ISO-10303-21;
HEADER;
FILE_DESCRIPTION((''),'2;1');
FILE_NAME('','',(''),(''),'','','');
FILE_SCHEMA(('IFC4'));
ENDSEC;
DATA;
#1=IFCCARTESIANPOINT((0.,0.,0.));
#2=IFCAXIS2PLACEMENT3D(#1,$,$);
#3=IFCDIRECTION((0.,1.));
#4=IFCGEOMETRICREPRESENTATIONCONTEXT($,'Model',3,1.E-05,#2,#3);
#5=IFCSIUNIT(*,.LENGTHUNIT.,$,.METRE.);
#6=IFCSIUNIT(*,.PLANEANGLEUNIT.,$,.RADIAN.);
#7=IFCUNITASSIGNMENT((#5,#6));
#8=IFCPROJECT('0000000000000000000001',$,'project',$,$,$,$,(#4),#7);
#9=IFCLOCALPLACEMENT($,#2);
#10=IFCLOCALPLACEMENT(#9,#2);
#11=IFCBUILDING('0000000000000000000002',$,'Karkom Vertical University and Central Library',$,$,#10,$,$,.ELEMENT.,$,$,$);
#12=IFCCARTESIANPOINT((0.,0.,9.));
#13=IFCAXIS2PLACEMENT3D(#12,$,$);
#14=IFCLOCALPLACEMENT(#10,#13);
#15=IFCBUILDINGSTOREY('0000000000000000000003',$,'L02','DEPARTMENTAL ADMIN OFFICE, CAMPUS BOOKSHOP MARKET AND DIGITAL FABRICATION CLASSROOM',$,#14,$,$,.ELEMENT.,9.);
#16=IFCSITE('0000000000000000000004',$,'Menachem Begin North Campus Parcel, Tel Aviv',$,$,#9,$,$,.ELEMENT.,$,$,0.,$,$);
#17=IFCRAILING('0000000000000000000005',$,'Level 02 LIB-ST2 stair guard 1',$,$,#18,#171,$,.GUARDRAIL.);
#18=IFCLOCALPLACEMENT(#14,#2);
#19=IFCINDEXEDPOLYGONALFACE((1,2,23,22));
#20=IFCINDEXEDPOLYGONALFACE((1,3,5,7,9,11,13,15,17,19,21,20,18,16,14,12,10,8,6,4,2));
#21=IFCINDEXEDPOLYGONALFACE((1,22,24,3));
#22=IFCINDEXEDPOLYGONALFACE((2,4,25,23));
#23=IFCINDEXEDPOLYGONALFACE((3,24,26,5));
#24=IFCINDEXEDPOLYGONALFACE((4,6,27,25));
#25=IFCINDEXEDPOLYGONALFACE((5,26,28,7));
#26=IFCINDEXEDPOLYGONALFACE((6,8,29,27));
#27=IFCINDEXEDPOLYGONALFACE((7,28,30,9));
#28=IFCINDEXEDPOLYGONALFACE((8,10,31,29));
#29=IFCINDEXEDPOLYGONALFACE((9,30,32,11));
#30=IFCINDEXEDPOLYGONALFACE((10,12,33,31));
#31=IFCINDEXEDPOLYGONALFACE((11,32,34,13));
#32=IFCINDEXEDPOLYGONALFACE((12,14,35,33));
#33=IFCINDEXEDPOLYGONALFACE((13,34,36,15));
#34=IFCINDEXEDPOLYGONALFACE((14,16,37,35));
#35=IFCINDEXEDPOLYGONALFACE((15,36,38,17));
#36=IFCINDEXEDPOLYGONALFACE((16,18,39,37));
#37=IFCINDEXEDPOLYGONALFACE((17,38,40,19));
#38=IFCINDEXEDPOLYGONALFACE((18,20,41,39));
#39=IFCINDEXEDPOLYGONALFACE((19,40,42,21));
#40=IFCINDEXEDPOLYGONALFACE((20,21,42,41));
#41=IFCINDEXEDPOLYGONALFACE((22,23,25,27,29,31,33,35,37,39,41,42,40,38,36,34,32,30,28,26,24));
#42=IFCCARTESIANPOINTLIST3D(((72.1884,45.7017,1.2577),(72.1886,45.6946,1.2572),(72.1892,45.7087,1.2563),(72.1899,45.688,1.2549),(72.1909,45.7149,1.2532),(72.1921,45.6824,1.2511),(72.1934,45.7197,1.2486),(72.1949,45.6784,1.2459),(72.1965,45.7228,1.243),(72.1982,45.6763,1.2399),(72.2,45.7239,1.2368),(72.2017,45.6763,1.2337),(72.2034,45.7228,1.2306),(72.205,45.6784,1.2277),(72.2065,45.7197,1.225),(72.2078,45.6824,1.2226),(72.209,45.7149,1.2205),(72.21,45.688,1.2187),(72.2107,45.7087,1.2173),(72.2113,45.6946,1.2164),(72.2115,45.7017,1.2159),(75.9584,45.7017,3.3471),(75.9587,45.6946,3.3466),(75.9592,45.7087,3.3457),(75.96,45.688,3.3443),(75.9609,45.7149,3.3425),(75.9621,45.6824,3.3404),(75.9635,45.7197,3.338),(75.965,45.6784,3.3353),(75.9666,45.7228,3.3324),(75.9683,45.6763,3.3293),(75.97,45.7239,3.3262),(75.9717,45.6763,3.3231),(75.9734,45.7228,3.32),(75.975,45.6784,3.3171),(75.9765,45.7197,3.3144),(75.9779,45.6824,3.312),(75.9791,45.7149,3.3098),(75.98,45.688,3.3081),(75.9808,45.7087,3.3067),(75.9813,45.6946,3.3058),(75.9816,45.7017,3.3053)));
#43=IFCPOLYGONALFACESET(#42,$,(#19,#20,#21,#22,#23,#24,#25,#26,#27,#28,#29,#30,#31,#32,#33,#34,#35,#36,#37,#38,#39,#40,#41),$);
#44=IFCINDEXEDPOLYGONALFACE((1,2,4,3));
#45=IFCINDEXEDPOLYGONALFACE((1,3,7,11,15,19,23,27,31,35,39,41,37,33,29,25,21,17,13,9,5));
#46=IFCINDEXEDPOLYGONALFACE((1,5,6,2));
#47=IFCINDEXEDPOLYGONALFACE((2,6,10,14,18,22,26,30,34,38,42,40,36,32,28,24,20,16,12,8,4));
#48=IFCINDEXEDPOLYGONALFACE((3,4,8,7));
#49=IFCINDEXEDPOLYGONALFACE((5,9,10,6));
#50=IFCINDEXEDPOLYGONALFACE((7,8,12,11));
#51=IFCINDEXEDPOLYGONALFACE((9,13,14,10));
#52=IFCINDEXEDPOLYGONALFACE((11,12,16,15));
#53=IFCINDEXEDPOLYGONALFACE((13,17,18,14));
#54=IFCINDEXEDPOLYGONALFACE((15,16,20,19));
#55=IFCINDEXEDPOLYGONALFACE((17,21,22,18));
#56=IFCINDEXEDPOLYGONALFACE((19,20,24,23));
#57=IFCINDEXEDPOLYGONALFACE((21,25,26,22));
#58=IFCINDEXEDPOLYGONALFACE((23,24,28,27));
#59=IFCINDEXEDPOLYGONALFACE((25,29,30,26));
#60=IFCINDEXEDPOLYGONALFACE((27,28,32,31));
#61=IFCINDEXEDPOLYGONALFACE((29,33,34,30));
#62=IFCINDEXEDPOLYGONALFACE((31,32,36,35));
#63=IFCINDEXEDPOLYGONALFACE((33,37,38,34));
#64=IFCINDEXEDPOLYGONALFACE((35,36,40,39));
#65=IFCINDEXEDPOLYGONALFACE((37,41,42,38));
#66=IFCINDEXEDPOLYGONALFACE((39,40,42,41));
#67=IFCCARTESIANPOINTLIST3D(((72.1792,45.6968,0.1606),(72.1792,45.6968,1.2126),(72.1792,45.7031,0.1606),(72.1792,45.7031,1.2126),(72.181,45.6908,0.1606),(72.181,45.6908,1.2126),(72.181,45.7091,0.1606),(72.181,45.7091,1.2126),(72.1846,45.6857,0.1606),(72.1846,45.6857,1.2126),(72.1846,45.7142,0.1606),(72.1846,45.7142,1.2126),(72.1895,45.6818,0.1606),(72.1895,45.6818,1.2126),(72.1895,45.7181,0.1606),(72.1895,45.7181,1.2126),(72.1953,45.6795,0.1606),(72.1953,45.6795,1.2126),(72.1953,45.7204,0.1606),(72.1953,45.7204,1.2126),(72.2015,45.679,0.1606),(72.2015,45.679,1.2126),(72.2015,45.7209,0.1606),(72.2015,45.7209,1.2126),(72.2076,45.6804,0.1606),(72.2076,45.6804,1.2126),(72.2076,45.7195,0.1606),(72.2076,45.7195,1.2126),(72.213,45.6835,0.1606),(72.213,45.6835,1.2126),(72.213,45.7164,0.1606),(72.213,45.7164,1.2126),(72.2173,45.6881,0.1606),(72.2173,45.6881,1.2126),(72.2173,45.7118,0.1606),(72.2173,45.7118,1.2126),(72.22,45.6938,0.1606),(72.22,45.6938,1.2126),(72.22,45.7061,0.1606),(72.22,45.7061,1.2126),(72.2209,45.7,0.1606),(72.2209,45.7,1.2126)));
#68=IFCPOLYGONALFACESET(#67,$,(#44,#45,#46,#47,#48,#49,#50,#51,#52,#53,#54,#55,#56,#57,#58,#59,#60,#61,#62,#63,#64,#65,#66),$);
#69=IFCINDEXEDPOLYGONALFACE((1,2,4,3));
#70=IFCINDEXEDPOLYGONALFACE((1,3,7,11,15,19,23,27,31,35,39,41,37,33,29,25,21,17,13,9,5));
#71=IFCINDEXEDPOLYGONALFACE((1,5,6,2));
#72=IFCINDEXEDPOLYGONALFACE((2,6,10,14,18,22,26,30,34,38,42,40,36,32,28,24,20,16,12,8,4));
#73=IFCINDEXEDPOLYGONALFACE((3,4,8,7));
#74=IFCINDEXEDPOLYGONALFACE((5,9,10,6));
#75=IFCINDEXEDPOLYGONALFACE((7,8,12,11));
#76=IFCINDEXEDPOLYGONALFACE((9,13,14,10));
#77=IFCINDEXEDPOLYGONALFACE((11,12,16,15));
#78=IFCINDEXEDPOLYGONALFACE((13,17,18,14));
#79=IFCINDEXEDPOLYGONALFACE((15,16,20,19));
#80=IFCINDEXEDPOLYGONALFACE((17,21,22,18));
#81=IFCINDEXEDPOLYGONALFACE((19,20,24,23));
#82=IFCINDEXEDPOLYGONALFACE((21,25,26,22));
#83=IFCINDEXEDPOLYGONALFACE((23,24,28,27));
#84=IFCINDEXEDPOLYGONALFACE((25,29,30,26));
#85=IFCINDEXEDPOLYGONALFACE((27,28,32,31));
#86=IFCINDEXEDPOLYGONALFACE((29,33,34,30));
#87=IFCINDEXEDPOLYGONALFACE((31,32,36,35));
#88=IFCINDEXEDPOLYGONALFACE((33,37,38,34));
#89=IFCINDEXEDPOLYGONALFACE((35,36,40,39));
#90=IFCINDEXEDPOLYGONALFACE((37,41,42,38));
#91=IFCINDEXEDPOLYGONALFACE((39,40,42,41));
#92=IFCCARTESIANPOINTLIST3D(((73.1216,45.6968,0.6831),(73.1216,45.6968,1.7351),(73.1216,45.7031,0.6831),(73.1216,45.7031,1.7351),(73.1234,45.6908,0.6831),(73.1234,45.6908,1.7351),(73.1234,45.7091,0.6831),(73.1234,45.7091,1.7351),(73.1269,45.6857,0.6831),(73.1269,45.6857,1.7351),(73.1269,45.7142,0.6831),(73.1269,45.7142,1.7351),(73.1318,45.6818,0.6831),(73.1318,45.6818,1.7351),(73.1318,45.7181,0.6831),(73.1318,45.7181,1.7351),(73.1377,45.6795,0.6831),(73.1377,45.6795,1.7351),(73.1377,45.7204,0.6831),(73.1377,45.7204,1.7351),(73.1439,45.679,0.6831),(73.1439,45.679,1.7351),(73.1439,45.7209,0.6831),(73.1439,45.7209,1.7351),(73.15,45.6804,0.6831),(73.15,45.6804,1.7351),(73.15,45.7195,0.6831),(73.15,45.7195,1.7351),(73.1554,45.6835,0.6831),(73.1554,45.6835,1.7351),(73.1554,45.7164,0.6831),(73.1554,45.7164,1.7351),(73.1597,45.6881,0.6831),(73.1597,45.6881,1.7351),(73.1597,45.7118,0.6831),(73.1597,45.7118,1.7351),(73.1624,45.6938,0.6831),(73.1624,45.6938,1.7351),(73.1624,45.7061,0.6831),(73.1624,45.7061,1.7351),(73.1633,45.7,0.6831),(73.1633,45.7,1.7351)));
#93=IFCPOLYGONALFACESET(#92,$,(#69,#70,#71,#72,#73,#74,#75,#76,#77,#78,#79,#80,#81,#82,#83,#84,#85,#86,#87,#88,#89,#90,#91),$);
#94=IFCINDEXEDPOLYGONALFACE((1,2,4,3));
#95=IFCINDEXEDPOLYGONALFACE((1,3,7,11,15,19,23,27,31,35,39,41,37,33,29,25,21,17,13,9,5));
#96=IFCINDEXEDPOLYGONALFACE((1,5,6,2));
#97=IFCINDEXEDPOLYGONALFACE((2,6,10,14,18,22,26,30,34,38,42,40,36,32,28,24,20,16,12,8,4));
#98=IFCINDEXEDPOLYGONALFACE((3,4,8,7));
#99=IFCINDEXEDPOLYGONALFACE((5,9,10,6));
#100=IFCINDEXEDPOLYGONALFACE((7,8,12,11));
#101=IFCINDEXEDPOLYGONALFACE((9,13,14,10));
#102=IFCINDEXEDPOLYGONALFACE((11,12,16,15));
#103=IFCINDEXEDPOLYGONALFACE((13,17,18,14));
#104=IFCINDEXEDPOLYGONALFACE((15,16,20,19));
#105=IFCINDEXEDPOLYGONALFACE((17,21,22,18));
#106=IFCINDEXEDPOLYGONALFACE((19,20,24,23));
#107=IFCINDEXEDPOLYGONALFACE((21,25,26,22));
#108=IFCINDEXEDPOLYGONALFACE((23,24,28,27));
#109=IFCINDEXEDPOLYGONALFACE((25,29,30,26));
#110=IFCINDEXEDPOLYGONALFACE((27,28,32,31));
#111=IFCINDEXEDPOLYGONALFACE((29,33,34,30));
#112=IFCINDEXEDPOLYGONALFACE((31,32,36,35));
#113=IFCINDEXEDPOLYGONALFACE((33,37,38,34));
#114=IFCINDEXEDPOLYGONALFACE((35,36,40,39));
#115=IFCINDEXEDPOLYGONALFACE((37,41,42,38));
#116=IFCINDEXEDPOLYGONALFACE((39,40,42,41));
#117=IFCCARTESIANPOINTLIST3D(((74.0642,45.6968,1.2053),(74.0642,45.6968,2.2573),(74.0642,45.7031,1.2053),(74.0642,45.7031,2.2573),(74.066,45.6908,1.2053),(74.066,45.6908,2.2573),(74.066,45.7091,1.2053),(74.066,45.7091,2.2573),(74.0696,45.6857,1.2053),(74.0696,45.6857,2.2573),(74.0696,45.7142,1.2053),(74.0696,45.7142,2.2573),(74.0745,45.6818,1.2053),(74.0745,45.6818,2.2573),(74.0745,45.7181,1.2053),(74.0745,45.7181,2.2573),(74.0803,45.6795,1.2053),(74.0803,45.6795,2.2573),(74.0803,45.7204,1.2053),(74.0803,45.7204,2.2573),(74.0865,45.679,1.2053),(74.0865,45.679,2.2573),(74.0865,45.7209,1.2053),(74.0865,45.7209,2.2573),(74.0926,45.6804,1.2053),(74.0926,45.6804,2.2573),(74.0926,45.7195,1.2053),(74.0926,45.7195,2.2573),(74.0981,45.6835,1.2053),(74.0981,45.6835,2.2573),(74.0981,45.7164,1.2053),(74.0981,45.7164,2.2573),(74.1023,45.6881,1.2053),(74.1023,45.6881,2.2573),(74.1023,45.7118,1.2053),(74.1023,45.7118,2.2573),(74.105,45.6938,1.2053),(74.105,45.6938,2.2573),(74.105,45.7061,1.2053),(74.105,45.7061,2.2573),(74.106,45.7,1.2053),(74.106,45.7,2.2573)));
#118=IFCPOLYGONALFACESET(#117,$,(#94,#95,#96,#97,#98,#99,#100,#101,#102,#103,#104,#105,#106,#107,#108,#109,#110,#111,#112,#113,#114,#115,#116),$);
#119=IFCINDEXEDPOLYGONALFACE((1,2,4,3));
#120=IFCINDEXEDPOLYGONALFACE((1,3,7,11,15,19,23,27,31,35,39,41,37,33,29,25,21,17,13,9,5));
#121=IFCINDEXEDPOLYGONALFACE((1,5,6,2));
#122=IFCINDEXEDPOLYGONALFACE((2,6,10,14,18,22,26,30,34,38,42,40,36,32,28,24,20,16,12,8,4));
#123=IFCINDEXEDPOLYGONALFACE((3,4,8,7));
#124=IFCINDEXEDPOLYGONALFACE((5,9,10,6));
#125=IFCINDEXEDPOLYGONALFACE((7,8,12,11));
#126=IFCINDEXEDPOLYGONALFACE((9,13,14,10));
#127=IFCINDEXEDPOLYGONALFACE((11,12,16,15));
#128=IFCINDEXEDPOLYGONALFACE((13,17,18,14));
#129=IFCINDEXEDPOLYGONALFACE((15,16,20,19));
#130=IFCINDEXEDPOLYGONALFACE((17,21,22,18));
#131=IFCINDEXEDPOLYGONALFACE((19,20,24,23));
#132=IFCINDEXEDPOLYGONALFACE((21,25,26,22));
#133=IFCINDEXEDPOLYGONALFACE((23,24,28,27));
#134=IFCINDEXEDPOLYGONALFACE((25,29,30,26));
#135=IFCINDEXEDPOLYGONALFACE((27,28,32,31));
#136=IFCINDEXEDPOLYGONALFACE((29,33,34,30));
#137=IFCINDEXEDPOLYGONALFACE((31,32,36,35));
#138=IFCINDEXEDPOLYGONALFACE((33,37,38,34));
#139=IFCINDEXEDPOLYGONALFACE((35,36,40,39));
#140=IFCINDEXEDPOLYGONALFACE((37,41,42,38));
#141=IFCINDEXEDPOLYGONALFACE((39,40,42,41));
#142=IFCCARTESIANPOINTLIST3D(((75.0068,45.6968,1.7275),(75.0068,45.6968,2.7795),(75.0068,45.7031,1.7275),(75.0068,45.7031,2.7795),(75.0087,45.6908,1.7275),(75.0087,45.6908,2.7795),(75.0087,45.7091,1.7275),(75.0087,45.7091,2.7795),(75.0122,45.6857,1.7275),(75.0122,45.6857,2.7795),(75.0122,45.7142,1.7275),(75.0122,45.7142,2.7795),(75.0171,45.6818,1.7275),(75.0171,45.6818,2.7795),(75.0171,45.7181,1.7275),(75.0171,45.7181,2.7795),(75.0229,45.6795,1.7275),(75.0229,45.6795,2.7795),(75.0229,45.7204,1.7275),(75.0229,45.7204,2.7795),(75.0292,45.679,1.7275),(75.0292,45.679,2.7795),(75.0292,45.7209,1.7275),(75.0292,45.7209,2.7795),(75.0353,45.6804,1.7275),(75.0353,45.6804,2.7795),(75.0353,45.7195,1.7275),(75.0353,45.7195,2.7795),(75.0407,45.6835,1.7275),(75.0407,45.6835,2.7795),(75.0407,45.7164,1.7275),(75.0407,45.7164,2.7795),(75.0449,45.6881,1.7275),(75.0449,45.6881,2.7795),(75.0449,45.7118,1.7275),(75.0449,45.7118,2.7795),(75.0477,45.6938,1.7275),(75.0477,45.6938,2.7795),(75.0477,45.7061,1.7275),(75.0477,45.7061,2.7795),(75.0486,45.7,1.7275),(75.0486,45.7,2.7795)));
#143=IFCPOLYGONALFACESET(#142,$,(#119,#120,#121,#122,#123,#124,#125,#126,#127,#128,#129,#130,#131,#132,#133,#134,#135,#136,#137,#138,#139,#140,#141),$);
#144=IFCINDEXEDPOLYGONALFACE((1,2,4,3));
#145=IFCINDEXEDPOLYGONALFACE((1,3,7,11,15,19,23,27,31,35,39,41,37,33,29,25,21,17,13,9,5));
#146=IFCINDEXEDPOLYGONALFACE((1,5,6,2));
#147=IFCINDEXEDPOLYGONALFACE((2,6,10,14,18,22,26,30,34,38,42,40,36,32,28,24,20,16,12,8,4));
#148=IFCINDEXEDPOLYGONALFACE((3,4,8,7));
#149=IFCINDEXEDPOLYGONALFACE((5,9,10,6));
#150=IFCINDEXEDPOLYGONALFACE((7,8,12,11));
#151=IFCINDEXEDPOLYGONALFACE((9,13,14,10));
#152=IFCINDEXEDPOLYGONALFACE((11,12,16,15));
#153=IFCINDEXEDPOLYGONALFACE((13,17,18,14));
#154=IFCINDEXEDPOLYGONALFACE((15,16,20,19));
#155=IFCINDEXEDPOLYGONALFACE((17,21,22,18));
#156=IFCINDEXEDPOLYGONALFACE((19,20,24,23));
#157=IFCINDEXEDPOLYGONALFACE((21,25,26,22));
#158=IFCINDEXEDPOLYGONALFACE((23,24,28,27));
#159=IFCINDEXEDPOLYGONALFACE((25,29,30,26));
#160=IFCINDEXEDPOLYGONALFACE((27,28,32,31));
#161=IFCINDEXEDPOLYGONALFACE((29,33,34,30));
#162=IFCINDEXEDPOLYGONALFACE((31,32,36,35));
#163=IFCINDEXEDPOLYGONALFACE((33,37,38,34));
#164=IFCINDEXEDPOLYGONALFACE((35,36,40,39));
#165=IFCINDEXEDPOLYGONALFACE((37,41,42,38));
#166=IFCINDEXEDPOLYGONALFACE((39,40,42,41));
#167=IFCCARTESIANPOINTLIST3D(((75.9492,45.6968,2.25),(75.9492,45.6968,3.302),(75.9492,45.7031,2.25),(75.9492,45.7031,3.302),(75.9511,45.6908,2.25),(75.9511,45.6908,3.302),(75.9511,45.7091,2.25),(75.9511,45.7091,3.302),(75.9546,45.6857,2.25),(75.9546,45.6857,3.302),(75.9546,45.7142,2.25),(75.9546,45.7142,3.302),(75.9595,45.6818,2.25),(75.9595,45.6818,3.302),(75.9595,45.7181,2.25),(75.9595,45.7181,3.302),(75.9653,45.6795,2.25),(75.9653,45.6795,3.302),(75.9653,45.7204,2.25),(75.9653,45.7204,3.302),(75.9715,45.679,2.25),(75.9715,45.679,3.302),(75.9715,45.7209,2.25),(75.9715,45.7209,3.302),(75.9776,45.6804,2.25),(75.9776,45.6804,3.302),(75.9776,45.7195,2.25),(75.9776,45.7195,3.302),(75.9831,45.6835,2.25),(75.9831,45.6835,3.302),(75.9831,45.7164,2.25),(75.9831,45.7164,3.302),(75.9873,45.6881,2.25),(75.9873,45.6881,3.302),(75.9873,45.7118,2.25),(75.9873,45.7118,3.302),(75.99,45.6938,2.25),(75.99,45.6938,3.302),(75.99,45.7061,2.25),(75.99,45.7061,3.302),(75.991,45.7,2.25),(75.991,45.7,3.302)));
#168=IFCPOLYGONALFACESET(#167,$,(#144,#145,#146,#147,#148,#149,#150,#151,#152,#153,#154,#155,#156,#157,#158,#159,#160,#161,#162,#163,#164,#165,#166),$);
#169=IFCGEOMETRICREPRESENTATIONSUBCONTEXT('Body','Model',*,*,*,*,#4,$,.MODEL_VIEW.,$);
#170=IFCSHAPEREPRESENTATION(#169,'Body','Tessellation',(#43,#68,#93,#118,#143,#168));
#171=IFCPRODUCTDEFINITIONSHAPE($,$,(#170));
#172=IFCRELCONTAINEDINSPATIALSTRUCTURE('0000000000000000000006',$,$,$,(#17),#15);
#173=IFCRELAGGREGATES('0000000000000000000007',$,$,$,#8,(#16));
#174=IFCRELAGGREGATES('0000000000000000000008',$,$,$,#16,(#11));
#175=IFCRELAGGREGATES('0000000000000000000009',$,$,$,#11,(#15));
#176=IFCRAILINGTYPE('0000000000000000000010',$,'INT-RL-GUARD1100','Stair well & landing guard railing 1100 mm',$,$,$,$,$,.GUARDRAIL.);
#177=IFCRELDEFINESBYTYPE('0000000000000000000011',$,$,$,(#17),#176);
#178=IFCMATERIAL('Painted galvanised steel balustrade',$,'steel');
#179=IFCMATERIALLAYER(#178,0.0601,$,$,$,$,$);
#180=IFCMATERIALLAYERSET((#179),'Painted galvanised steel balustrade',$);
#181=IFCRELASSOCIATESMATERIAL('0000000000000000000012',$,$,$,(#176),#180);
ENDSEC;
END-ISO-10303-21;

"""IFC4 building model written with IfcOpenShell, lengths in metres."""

from ifc_helpers import new_model, si_unit, direction, frame, origin, origin_2d, place, context, subcontext, project, spatial, circle, extrude, material, layer, layer_set, type_object, element, save


model = new_model("IFC4")

# Units and contexts
model_context = context("Model", 3, precision=1e-05, world=origin(), true_north=direction((0.0, 1.0)))
body_context = subcontext(model_context, "Body", "Model", "MODEL_VIEW")
ifc_project = project(units=[si_unit("LENGTHUNIT", "METRE"), si_unit("PLANEANGLEUNIT", "RADIAN")], contexts=[model_context])

# Site, building, storey
site_placement = place(None, origin())
site = spatial("IfcSite", under=ifc_project, at=site_placement, Name="Menachem Begin North Campus Parcel, Tel Aviv", CompositionType="ELEMENT", RefElevation=0.0)
building_placement = place(site_placement, origin())
building = spatial("IfcBuilding", under=site, at=building_placement, Name="Karkom Vertical University and Central Library", CompositionType="ELEMENT")
storey_placement = place(building_placement, frame((0.0, 0.0, 9.0)))
storey = spatial("IfcBuildingStorey", under=building, at=storey_placement, Name="L02", Description="DEPARTMENTAL ADMIN OFFICE, CAMPUS BOOKSHOP MARKET AND DIGITAL FABRICATION CLASSROOM", CompositionType="ELEMENT", Elevation=9.0)

# Railing
ifc_material_1 = material(Name="Painted galvanised steel balustrade", Category="steel")
ifc_layer_1 = layer(ifc_material_1, 0.0601)
ifc_layer_set_1 = layer_set([ifc_layer_1], Name="Painted galvanised steel balustrade")
railing_type_1 = type_object("IfcRailingType", Name="INT-RL-GUARD1100", Description="Stair well & landing guard railing 1100 mm", PredefinedType="GUARDRAIL", material=ifc_layer_set_1)
railing_1_placement = place(storey_placement, frame((72.2, 45.7, 0.1606)))
element("IfcRailing", 1, at=railing_1_placement, inside=storey, type_object=railing_type_1, Name="Level 02 LIB-ST2 stair guard 1", PredefinedType="GUARDRAIL", context=body_context, shape_type="SweptSolid", body=[
    extrude(circle(Radius=0.0239, at=origin_2d()), frame((0.0, 0.0, 1.0762), z_axis=(0.874659, 0.0, 0.484739), x_axis=(0.0, 1.0, 0.0)), (0.0, 0.0, 1.0), 4.3103),
    extrude(circle(Radius=0.021, at=origin_2d()), origin(), (0.0, 0.0, 1.0), 1.052),
    extrude(circle(Radius=0.021, at=origin_2d()), frame((0.9424, 0.0, 0.5225)), (0.0, 0.0, 1.0), 1.052),
    extrude(circle(Radius=0.021, at=origin_2d()), frame((1.885, 0.0, 1.0447)), (0.0, 0.0, 1.0), 1.052),
    extrude(circle(Radius=0.021, at=origin_2d()), frame((2.8276, 0.0, 1.5669)), (0.0, 0.0, 1.0), 1.052),
    extrude(circle(Radius=0.021, at=origin_2d()), frame((3.77, 0.0, 2.0894)), (0.0, 0.0, 1.0), 1.052),
])

save(model, "model.ifc")
